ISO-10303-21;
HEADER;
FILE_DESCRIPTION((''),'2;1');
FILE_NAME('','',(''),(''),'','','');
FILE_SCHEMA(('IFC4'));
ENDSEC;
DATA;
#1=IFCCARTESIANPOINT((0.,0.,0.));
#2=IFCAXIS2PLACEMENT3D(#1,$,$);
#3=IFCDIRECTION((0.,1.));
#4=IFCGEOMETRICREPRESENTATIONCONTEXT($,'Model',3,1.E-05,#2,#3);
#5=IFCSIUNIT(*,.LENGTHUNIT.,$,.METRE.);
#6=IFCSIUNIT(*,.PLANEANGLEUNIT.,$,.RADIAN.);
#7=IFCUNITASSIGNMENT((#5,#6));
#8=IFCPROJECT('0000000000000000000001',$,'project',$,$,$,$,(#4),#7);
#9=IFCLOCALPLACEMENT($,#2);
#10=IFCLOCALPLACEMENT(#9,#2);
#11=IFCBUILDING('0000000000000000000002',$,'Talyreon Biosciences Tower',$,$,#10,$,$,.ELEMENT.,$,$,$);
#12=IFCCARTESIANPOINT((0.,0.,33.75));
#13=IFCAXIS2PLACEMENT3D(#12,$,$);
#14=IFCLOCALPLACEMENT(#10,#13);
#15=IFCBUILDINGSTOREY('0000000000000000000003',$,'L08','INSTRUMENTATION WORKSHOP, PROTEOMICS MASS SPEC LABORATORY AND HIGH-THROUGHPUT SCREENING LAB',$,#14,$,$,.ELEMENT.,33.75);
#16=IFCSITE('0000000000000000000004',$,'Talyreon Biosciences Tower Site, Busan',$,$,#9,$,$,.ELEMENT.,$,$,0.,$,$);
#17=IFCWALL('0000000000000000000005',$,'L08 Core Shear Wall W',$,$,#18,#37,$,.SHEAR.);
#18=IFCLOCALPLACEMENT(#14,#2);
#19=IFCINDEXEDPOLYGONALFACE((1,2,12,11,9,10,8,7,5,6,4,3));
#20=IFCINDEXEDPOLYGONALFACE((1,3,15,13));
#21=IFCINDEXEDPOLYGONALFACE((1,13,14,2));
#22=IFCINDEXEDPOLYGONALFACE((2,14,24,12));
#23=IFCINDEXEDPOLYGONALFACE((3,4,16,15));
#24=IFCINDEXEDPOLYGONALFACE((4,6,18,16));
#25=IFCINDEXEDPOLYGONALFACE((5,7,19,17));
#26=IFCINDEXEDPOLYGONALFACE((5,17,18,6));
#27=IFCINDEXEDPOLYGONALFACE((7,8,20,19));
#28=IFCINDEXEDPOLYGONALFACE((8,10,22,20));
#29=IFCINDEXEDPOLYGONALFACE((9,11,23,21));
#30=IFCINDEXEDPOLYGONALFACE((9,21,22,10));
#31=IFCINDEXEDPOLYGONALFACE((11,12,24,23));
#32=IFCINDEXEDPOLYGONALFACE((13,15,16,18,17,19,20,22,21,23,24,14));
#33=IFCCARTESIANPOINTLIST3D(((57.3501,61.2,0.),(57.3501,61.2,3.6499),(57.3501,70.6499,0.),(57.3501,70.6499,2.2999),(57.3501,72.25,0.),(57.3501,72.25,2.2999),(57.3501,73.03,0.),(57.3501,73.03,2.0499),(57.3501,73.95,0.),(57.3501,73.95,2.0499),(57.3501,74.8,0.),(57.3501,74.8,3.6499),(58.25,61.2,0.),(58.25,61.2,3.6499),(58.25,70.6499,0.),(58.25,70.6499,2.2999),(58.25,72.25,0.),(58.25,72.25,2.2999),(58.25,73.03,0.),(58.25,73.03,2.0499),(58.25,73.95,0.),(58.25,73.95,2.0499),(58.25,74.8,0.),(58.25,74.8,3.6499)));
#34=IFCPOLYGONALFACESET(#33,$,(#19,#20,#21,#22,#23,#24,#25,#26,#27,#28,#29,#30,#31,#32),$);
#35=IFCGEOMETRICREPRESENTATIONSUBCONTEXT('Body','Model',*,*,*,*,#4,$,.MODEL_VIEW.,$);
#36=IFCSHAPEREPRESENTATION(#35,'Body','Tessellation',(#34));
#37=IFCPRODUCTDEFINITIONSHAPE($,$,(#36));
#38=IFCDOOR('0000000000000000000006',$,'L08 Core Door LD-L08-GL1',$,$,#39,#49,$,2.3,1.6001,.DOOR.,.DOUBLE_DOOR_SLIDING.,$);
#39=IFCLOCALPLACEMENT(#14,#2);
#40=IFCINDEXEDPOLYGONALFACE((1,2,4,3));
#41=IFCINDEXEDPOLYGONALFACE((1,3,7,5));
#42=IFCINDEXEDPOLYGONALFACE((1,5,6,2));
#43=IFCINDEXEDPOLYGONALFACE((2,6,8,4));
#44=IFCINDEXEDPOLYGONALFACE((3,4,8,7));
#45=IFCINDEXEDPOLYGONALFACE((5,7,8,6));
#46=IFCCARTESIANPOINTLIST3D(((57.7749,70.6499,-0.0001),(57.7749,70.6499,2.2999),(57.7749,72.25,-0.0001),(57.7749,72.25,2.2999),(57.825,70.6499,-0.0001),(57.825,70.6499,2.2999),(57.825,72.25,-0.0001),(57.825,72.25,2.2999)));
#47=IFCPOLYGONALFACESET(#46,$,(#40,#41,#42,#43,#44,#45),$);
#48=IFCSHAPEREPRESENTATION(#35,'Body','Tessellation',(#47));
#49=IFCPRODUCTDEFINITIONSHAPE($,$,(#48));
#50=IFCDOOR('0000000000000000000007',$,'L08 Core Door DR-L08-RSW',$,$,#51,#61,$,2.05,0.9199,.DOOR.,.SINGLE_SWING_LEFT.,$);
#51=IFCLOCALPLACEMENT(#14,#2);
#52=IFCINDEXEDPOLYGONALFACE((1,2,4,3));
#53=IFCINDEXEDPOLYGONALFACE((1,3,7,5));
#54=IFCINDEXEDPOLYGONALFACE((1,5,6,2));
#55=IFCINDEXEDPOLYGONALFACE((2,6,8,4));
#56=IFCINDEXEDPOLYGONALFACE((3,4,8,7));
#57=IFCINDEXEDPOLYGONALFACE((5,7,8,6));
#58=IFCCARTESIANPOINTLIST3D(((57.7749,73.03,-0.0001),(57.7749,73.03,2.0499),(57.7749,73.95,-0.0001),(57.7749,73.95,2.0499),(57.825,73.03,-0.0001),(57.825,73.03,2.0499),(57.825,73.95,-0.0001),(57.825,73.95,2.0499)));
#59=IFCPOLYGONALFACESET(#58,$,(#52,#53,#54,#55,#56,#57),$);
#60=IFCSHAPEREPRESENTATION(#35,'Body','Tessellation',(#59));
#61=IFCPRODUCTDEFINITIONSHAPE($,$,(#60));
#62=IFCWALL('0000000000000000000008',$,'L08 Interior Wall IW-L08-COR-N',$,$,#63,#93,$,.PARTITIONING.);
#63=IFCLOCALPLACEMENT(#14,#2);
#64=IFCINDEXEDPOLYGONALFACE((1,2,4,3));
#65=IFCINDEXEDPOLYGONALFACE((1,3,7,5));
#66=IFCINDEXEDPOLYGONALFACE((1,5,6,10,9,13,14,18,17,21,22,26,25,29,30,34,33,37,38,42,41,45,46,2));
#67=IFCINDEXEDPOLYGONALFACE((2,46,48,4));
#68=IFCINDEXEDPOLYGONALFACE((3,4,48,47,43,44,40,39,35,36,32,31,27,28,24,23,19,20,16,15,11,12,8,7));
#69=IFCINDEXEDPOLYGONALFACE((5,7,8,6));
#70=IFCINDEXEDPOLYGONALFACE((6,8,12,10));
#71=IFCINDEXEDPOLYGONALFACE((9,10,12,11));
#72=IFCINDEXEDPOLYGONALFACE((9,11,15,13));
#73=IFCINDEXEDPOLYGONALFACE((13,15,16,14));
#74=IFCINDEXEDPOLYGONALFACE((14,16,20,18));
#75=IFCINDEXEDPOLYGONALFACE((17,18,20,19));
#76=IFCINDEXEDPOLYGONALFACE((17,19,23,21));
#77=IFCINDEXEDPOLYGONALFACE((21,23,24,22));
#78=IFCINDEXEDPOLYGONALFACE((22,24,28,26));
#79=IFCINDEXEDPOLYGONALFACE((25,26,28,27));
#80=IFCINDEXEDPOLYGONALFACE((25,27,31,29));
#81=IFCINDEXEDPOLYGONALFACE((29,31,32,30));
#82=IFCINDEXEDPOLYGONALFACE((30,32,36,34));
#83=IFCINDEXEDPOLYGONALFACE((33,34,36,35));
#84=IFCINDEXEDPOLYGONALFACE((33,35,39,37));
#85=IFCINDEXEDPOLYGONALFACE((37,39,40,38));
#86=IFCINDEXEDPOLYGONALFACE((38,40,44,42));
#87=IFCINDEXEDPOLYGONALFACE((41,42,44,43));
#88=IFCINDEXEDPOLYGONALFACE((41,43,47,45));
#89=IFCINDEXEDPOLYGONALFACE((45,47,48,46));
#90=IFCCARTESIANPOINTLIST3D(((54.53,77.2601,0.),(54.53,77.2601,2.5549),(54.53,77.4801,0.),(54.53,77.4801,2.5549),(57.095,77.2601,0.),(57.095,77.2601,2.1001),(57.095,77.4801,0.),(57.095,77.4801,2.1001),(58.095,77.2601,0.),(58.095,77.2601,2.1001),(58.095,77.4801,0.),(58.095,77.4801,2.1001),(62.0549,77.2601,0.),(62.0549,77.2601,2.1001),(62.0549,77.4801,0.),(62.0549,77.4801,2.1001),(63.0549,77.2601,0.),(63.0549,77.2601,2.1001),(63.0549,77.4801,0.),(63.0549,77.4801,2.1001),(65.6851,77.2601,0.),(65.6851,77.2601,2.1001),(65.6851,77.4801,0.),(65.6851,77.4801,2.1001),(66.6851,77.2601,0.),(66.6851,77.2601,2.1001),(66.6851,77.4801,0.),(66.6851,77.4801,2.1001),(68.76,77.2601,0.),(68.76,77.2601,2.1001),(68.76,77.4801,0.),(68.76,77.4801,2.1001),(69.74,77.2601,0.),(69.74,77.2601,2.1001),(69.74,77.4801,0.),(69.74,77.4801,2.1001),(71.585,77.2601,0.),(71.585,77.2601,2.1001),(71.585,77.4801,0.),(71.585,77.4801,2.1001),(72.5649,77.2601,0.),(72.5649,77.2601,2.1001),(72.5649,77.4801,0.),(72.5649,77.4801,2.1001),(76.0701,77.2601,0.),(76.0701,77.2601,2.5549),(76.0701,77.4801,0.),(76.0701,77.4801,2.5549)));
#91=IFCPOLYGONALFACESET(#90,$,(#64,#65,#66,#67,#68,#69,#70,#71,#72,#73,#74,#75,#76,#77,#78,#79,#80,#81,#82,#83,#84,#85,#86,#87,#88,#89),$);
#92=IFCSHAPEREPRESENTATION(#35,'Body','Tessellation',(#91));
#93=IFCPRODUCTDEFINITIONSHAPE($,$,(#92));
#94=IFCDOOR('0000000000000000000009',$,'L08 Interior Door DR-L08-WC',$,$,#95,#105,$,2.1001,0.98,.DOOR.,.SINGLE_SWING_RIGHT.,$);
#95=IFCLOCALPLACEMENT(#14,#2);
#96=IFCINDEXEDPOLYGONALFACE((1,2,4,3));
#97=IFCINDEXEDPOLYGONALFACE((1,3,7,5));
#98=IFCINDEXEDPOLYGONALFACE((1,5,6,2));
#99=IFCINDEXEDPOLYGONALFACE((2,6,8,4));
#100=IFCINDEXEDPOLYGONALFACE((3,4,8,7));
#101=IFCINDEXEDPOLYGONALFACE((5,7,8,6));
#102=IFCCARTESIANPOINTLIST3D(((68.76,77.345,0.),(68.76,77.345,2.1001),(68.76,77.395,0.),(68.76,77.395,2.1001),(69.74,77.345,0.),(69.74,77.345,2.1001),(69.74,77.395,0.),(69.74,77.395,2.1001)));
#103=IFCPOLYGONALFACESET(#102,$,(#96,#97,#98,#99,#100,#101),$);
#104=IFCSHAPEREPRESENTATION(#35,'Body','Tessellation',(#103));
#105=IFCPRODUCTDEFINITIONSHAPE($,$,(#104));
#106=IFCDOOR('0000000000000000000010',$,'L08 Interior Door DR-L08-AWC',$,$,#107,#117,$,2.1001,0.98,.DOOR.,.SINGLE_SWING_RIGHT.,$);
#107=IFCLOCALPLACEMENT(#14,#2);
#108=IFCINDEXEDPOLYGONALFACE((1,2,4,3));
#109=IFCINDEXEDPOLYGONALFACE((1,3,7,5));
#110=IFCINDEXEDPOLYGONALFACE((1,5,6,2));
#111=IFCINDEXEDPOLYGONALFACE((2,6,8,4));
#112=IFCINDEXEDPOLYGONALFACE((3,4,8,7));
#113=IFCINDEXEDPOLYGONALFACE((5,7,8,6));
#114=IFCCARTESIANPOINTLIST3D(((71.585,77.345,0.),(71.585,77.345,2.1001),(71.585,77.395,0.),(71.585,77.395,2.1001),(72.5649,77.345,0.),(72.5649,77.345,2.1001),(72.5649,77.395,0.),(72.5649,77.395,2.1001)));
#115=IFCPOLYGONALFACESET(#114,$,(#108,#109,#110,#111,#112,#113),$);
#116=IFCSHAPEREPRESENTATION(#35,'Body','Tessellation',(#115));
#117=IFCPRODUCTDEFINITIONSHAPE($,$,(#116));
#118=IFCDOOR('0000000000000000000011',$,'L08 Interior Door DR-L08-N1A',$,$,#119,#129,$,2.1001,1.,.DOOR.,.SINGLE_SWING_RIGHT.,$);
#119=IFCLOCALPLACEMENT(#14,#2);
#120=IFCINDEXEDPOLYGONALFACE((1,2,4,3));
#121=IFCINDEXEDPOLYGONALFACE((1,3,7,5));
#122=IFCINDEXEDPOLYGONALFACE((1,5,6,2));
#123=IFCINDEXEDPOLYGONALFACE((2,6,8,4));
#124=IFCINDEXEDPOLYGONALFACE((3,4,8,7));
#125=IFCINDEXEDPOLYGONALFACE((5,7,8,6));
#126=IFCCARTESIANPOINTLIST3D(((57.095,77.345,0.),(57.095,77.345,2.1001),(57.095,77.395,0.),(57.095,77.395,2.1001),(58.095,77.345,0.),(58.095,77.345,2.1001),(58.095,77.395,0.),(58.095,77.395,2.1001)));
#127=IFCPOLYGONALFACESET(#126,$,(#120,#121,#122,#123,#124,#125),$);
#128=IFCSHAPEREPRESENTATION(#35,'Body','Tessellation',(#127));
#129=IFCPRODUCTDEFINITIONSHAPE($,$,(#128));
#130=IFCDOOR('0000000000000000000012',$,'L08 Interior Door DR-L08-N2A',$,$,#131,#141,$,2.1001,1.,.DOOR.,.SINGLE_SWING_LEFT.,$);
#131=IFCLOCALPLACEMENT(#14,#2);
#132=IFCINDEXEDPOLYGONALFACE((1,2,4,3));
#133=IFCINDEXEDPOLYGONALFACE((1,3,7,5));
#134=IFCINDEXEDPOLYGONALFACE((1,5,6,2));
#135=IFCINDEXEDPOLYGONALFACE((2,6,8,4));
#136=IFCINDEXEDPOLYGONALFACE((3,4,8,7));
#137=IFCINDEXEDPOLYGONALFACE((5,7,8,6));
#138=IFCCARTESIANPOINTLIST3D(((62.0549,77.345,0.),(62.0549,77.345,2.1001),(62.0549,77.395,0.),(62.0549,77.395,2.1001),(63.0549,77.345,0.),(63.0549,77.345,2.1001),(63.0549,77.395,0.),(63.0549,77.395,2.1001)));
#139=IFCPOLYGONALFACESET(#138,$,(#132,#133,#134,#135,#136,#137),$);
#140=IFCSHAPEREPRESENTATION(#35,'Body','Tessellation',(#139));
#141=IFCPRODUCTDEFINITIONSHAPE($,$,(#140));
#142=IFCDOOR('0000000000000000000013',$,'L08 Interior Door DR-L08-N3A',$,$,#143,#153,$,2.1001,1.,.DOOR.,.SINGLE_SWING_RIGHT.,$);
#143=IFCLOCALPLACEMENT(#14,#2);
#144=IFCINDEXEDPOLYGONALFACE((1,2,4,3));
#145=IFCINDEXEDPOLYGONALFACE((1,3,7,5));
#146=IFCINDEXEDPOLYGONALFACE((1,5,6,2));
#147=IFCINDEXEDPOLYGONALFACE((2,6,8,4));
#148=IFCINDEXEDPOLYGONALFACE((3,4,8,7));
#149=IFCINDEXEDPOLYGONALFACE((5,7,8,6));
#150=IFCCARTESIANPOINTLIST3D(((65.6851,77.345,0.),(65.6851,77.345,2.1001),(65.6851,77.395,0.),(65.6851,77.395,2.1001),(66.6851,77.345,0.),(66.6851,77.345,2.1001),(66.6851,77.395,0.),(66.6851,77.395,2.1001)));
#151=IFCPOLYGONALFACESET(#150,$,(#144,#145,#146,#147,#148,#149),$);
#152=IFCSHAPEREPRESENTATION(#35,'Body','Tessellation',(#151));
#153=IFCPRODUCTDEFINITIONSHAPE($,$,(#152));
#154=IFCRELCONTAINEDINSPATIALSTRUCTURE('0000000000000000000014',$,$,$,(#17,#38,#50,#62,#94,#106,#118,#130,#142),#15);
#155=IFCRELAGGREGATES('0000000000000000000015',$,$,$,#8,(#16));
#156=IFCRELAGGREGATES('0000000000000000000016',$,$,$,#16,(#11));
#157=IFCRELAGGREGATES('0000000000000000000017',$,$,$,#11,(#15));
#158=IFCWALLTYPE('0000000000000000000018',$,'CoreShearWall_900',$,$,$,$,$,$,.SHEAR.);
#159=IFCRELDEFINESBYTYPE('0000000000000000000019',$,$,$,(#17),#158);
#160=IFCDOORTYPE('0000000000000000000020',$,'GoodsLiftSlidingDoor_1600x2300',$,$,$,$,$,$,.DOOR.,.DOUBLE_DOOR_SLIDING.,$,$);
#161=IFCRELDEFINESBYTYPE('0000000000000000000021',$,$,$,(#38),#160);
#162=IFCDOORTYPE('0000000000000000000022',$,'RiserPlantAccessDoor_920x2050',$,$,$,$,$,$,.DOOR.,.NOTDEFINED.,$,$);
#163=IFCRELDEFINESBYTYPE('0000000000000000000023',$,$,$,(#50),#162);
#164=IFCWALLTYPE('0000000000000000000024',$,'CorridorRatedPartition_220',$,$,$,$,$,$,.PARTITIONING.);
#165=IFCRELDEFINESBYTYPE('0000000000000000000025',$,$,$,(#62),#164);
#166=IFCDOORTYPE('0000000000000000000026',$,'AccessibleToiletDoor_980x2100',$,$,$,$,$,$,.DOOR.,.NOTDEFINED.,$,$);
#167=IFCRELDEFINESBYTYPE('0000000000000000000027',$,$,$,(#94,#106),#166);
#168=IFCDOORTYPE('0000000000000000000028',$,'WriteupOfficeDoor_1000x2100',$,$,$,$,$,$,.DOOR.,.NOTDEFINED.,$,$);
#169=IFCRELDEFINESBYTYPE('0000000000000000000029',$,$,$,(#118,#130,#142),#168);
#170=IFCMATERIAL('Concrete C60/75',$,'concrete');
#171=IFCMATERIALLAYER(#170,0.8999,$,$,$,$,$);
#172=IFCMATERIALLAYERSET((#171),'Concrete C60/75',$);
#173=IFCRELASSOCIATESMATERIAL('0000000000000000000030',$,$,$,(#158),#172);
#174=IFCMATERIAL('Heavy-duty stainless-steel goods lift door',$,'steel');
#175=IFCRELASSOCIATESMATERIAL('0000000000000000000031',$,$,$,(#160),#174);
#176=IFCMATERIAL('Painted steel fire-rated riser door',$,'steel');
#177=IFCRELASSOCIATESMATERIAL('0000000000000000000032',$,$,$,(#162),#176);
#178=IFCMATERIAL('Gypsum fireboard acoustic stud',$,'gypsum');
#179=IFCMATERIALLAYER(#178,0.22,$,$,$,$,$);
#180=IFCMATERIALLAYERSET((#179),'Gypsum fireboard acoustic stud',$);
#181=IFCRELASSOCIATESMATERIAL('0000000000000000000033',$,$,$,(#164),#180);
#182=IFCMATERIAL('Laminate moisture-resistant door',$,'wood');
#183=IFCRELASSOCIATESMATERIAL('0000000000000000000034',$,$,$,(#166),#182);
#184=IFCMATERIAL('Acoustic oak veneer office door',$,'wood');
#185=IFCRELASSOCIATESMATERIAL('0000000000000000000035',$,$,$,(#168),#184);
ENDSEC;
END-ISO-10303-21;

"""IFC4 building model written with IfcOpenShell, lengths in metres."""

from ifc_helpers import new_model, si_unit, direction, frame, frame_2d, origin, place, context, subcontext, project, spatial, rectangle, extrude, material, layer, layer_set, type_object, element, fill, save


model = new_model("IFC4")

# Units and contexts
model_context = context("Model", 3, precision=1e-05, world=origin(), true_north=direction((0.0, 1.0)))
body_context = subcontext(model_context, "Body", "Model", "MODEL_VIEW")
ifc_project = project(units=[si_unit("LENGTHUNIT", "METRE"), si_unit("PLANEANGLEUNIT", "RADIAN")], contexts=[model_context])

# Site, building, storey
site_placement = place(None, origin())
site = spatial("IfcSite", under=ifc_project, at=site_placement, Name="Talyreon Biosciences Tower Site, Busan", CompositionType="ELEMENT", RefElevation=0.0)
building_placement = place(site_placement, origin())
building = spatial("IfcBuilding", under=site, at=building_placement, Name="Talyreon Biosciences Tower", CompositionType="ELEMENT")
storey_placement = place(building_placement, frame((0.0, 0.0, 33.75)))
storey = spatial("IfcBuildingStorey", under=building, at=storey_placement, Name="L08", Description="INSTRUMENTATION WORKSHOP, PROTEOMICS MASS SPEC LABORATORY AND HIGH-THROUGHPUT SCREENING LAB", CompositionType="ELEMENT", Elevation=33.75)

# Shared definitions
ifc_material_1 = material(Name="Concrete C60/75", Category="concrete")

# Shared definitions
ifc_layer_1 = layer(ifc_material_1, 0.8999)
ifc_layer_set_1 = layer_set([ifc_layer_1], Name="Concrete C60/75")
wall_type_1 = type_object("IfcWallType", Name="CoreShearWall_900", PredefinedType="SHEAR", material=ifc_layer_set_1)

# Walls, openings, doors
wall_1_placement = place(storey_placement, frame((57.8, 74.8, 0.0), z_axis=(0.0, 0.0, 1.0), x_axis=(0.0, -1.0, 0.0)))
wall_1 = element("IfcWall", 1, at=wall_1_placement, inside=storey, type_object=wall_type_1, Name="L08 Core Shear Wall W", PredefinedType="SHEAR", context=body_context, shape_type="SweptSolid", body=[
    extrude(rectangle(XDim=13.6001, YDim=0.8999, at=frame_2d((6.8, 0.0))), origin(), (0.0, 0.0, 1.0), 3.6499),
])
opening_1_placement = place(wall_1_placement, frame((0.8501, 0.0, 0.0)))
opening_1 = element("IfcOpeningElement", 2, at=opening_1_placement, cuts=wall_1, PredefinedType="OPENING", context=body_context, shape_type="SweptSolid", body=[
    extrude(rectangle(XDim=0.9199, YDim=2.05, at=frame_2d((0.46, 1.0249))), frame((0.0, 0.46, 0.0), z_axis=(0.0, -1.0, 0.0), x_axis=(1.0, 0.0, 0.0)), (0.0, 0.0, 1.0), 0.9199),
])
opening_2_placement = place(wall_1_placement, frame((2.55, 0.0, 0.0)))
opening_2 = element("IfcOpeningElement", 3, at=opening_2_placement, cuts=wall_1, PredefinedType="OPENING", context=body_context, shape_type="SweptSolid", body=[
    extrude(rectangle(XDim=1.6001, YDim=2.3, at=frame_2d((0.8, 1.1499))), frame((0.0, 0.46, 0.0), z_axis=(0.0, -1.0, 0.0), x_axis=(1.0, 0.0, 0.0)), (0.0, 0.0, 1.0), 0.9199),
])
ifc_material_2 = material(Name="Heavy-duty stainless-steel goods lift door", Category="steel")
door_type_1 = type_object("IfcDoorType", Name="GoodsLiftSlidingDoor_1600x2300", OperationType="DOUBLE_DOOR_SLIDING", PredefinedType="DOOR", material=ifc_material_2)
door_1_placement = place(opening_2_placement, origin())
door_1 = element("IfcDoor", 4, at=door_1_placement, inside=storey, type_object=door_type_1, Name="L08 Core Door LD-L08-GL1", OperationType="DOUBLE_DOOR_SLIDING", OverallHeight=2.3, OverallWidth=1.6001, PredefinedType="DOOR", context=body_context, shape_type="SweptSolid", body=[
    extrude(rectangle(XDim=1.6001, YDim=2.3, at=frame_2d((0.8, 1.1499))), frame((0.0, 0.0249, 0.0), z_axis=(0.0, -1.0, 0.0), x_axis=(1.0, 0.0, 0.0)), (0.0, 0.0, 1.0), 0.05),
])
fill(opening_2, door_1)
ifc_material_3 = material(Name="Painted steel fire-rated riser door", Category="steel")
door_type_2 = type_object("IfcDoorType", Name="RiserPlantAccessDoor_920x2050", OperationType="NOTDEFINED", PredefinedType="DOOR", material=ifc_material_3)
door_2_placement = place(opening_1_placement, origin())
door_2 = element("IfcDoor", 5, at=door_2_placement, inside=storey, type_object=door_type_2, Name="L08 Core Door DR-L08-RSW", OperationType="SINGLE_SWING_LEFT", OverallHeight=2.05, OverallWidth=0.9199, PredefinedType="DOOR", context=body_context, shape_type="SweptSolid", body=[
    extrude(rectangle(XDim=0.9199, YDim=2.05, at=frame_2d((0.46, 1.0249))), frame((0.0, 0.0249, 0.0), z_axis=(0.0, -1.0, 0.0), x_axis=(1.0, 0.0, 0.0)), (0.0, 0.0, 1.0), 0.05),
])
fill(opening_1, door_2)
ifc_material_4 = material(Name="Gypsum fireboard acoustic stud", Category="gypsum")
ifc_layer_2 = layer(ifc_material_4, 0.22)
ifc_layer_set_2 = layer_set([ifc_layer_2], Name="Gypsum fireboard acoustic stud")
wall_type_2 = type_object("IfcWallType", Name="CorridorRatedPartition_220", PredefinedType="PARTITIONING", material=ifc_layer_set_2)
wall_2_placement = place(storey_placement, frame((54.53, 77.3701, 0.0), z_axis=(0.0, 0.0, 1.0), x_axis=(1.0, 0.0, 0.0)))
wall_2 = element("IfcWall", 6, at=wall_2_placement, inside=storey, type_object=wall_type_2, Name="L08 Interior Wall IW-L08-COR-N", PredefinedType="PARTITIONING", context=body_context, shape_type="SweptSolid", body=[
    extrude(rectangle(XDim=21.54, YDim=0.22, at=frame_2d((10.77, 0.0))), origin(), (0.0, 0.0, 1.0), 2.5549),
])
opening_3_placement = place(wall_2_placement, frame((14.23, 0.0, 0.0)))
opening_3 = element("IfcOpeningElement", 7, at=opening_3_placement, cuts=wall_2, PredefinedType="OPENING", context=body_context, shape_type="SweptSolid", body=[
    extrude(rectangle(XDim=0.98, YDim=2.1001, at=frame_2d((0.49, 1.05))), frame((0.0, 0.1199, 0.0), z_axis=(0.0, -1.0, 0.0), x_axis=(1.0, 0.0, 0.0)), (0.0, 0.0, 1.0), 0.24),
])
opening_4_placement = place(wall_2_placement, frame((17.0549, 0.0, 0.0)))
opening_4 = element("IfcOpeningElement", 8, at=opening_4_placement, cuts=wall_2, PredefinedType="OPENING", context=body_context, shape_type="SweptSolid", body=[
    extrude(rectangle(XDim=0.98, YDim=2.1001, at=frame_2d((0.49, 1.05))), frame((0.0, 0.1199, 0.0), z_axis=(0.0, -1.0, 0.0), x_axis=(1.0, 0.0, 0.0)), (0.0, 0.0, 1.0), 0.24),
])
opening_5_placement = place(wall_2_placement, frame((2.5649, 0.0, 0.0)))
opening_5 = element("IfcOpeningElement", 9, at=opening_5_placement, cuts=wall_2, PredefinedType="OPENING", context=body_context, shape_type="SweptSolid", body=[
    extrude(rectangle(XDim=1.0, YDim=2.1001, at=frame_2d((0.5, 1.05))), frame((0.0, 0.1199, 0.0), z_axis=(0.0, -1.0, 0.0), x_axis=(1.0, 0.0, 0.0)), (0.0, 0.0, 1.0), 0.24),
])
opening_6_placement = place(wall_2_placement, frame((7.5249, 0.0, 0.0)))
opening_6 = element("IfcOpeningElement", 10, at=opening_6_placement, cuts=wall_2, PredefinedType="OPENING", context=body_context, shape_type="SweptSolid", body=[
    extrude(rectangle(XDim=1.0, YDim=2.1001, at=frame_2d((0.5, 1.05))), frame((0.0, 0.1199, 0.0), z_axis=(0.0, -1.0, 0.0), x_axis=(1.0, 0.0, 0.0)), (0.0, 0.0, 1.0), 0.24),
])
opening_7_placement = place(wall_2_placement, frame((11.155, 0.0, 0.0)))
opening_7 = element("IfcOpeningElement", 11, at=opening_7_placement, cuts=wall_2, PredefinedType="OPENING", context=body_context, shape_type="SweptSolid", body=[
    extrude(rectangle(XDim=1.0, YDim=2.1001, at=frame_2d((0.5, 1.05))), frame((0.0, 0.1199, 0.0), z_axis=(0.0, -1.0, 0.0), x_axis=(1.0, 0.0, 0.0)), (0.0, 0.0, 1.0), 0.24),
])
ifc_material_5 = material(Name="Laminate moisture-resistant door", Category="wood")
door_type_3 = type_object("IfcDoorType", Name="AccessibleToiletDoor_980x2100", OperationType="NOTDEFINED", PredefinedType="DOOR", material=ifc_material_5)
door_3_placement = place(opening_3_placement, origin())
door_3 = element("IfcDoor", 12, at=door_3_placement, inside=storey, type_object=door_type_3, Name="L08 Interior Door DR-L08-WC", OperationType="SINGLE_SWING_RIGHT", OverallHeight=2.1001, OverallWidth=0.98, PredefinedType="DOOR", context=body_context, shape_type="SweptSolid", body=[
    extrude(rectangle(XDim=0.98, YDim=2.1001, at=frame_2d((0.49, 1.05))), frame((0.0, 0.0249, 0.0), z_axis=(0.0, -1.0, 0.0), x_axis=(1.0, 0.0, 0.0)), (0.0, 0.0, 1.0), 0.05),
])
fill(opening_3, door_3)
door_4_placement = place(opening_4_placement, origin())
door_4 = element("IfcDoor", 13, at=door_4_placement, inside=storey, type_object=door_type_3, Name="L08 Interior Door DR-L08-AWC", OperationType="SINGLE_SWING_RIGHT", OverallHeight=2.1001, OverallWidth=0.98, PredefinedType="DOOR", context=body_context, shape_type="SweptSolid", body=[
    extrude(rectangle(XDim=0.98, YDim=2.1001, at=frame_2d((0.49, 1.05))), frame((0.0, 0.0249, 0.0), z_axis=(0.0, -1.0, 0.0), x_axis=(1.0, 0.0, 0.0)), (0.0, 0.0, 1.0), 0.05),
])
fill(opening_4, door_4)
ifc_material_6 = material(Name="Acoustic oak veneer office door", Category="wood")
door_type_4 = type_object("IfcDoorType", Name="WriteupOfficeDoor_1000x2100", OperationType="NOTDEFINED", PredefinedType="DOOR", material=ifc_material_6)
door_5_placement = place(opening_5_placement, origin())
door_5 = element("IfcDoor", 14, at=door_5_placement, inside=storey, type_object=door_type_4, Name="L08 Interior Door DR-L08-N1A", OperationType="SINGLE_SWING_RIGHT", OverallHeight=2.1001, OverallWidth=1.0, PredefinedType="DOOR", context=body_context, shape_type="SweptSolid", body=[
    extrude(rectangle(XDim=1.0, YDim=2.1001, at=frame_2d((0.5, 1.05))), frame((0.0, 0.0249, 0.0), z_axis=(0.0, -1.0, 0.0), x_axis=(1.0, 0.0, 0.0)), (0.0, 0.0, 1.0), 0.05),
])
fill(opening_5, door_5)
door_6_placement = place(opening_6_placement, origin())
door_6 = element("IfcDoor", 15, at=door_6_placement, inside=storey, type_object=door_type_4, Name="L08 Interior Door DR-L08-N2A", OperationType="SINGLE_SWING_LEFT", OverallHeight=2.1001, OverallWidth=1.0, PredefinedType="DOOR", context=body_context, shape_type="SweptSolid", body=[
    extrude(rectangle(XDim=1.0, YDim=2.1001, at=frame_2d((0.5, 1.05))), frame((0.0, 0.0249, 0.0), z_axis=(0.0, -1.0, 0.0), x_axis=(1.0, 0.0, 0.0)), (0.0, 0.0, 1.0), 0.05),
])
fill(opening_6, door_6)
door_7_placement = place(opening_7_placement, origin())
door_7 = element("IfcDoor", 16, at=door_7_placement, inside=storey, type_object=door_type_4, Name="L08 Interior Door DR-L08-N3A", OperationType="SINGLE_SWING_RIGHT", OverallHeight=2.1001, OverallWidth=1.0, PredefinedType="DOOR", context=body_context, shape_type="SweptSolid", body=[
    extrude(rectangle(XDim=1.0, YDim=2.1001, at=frame_2d((0.5, 1.05))), frame((0.0, 0.0249, 0.0), z_axis=(0.0, -1.0, 0.0), x_axis=(1.0, 0.0, 0.0)), (0.0, 0.0, 1.0), 0.05),
])
fill(opening_7, door_7)

save(model, "model.ifc")
